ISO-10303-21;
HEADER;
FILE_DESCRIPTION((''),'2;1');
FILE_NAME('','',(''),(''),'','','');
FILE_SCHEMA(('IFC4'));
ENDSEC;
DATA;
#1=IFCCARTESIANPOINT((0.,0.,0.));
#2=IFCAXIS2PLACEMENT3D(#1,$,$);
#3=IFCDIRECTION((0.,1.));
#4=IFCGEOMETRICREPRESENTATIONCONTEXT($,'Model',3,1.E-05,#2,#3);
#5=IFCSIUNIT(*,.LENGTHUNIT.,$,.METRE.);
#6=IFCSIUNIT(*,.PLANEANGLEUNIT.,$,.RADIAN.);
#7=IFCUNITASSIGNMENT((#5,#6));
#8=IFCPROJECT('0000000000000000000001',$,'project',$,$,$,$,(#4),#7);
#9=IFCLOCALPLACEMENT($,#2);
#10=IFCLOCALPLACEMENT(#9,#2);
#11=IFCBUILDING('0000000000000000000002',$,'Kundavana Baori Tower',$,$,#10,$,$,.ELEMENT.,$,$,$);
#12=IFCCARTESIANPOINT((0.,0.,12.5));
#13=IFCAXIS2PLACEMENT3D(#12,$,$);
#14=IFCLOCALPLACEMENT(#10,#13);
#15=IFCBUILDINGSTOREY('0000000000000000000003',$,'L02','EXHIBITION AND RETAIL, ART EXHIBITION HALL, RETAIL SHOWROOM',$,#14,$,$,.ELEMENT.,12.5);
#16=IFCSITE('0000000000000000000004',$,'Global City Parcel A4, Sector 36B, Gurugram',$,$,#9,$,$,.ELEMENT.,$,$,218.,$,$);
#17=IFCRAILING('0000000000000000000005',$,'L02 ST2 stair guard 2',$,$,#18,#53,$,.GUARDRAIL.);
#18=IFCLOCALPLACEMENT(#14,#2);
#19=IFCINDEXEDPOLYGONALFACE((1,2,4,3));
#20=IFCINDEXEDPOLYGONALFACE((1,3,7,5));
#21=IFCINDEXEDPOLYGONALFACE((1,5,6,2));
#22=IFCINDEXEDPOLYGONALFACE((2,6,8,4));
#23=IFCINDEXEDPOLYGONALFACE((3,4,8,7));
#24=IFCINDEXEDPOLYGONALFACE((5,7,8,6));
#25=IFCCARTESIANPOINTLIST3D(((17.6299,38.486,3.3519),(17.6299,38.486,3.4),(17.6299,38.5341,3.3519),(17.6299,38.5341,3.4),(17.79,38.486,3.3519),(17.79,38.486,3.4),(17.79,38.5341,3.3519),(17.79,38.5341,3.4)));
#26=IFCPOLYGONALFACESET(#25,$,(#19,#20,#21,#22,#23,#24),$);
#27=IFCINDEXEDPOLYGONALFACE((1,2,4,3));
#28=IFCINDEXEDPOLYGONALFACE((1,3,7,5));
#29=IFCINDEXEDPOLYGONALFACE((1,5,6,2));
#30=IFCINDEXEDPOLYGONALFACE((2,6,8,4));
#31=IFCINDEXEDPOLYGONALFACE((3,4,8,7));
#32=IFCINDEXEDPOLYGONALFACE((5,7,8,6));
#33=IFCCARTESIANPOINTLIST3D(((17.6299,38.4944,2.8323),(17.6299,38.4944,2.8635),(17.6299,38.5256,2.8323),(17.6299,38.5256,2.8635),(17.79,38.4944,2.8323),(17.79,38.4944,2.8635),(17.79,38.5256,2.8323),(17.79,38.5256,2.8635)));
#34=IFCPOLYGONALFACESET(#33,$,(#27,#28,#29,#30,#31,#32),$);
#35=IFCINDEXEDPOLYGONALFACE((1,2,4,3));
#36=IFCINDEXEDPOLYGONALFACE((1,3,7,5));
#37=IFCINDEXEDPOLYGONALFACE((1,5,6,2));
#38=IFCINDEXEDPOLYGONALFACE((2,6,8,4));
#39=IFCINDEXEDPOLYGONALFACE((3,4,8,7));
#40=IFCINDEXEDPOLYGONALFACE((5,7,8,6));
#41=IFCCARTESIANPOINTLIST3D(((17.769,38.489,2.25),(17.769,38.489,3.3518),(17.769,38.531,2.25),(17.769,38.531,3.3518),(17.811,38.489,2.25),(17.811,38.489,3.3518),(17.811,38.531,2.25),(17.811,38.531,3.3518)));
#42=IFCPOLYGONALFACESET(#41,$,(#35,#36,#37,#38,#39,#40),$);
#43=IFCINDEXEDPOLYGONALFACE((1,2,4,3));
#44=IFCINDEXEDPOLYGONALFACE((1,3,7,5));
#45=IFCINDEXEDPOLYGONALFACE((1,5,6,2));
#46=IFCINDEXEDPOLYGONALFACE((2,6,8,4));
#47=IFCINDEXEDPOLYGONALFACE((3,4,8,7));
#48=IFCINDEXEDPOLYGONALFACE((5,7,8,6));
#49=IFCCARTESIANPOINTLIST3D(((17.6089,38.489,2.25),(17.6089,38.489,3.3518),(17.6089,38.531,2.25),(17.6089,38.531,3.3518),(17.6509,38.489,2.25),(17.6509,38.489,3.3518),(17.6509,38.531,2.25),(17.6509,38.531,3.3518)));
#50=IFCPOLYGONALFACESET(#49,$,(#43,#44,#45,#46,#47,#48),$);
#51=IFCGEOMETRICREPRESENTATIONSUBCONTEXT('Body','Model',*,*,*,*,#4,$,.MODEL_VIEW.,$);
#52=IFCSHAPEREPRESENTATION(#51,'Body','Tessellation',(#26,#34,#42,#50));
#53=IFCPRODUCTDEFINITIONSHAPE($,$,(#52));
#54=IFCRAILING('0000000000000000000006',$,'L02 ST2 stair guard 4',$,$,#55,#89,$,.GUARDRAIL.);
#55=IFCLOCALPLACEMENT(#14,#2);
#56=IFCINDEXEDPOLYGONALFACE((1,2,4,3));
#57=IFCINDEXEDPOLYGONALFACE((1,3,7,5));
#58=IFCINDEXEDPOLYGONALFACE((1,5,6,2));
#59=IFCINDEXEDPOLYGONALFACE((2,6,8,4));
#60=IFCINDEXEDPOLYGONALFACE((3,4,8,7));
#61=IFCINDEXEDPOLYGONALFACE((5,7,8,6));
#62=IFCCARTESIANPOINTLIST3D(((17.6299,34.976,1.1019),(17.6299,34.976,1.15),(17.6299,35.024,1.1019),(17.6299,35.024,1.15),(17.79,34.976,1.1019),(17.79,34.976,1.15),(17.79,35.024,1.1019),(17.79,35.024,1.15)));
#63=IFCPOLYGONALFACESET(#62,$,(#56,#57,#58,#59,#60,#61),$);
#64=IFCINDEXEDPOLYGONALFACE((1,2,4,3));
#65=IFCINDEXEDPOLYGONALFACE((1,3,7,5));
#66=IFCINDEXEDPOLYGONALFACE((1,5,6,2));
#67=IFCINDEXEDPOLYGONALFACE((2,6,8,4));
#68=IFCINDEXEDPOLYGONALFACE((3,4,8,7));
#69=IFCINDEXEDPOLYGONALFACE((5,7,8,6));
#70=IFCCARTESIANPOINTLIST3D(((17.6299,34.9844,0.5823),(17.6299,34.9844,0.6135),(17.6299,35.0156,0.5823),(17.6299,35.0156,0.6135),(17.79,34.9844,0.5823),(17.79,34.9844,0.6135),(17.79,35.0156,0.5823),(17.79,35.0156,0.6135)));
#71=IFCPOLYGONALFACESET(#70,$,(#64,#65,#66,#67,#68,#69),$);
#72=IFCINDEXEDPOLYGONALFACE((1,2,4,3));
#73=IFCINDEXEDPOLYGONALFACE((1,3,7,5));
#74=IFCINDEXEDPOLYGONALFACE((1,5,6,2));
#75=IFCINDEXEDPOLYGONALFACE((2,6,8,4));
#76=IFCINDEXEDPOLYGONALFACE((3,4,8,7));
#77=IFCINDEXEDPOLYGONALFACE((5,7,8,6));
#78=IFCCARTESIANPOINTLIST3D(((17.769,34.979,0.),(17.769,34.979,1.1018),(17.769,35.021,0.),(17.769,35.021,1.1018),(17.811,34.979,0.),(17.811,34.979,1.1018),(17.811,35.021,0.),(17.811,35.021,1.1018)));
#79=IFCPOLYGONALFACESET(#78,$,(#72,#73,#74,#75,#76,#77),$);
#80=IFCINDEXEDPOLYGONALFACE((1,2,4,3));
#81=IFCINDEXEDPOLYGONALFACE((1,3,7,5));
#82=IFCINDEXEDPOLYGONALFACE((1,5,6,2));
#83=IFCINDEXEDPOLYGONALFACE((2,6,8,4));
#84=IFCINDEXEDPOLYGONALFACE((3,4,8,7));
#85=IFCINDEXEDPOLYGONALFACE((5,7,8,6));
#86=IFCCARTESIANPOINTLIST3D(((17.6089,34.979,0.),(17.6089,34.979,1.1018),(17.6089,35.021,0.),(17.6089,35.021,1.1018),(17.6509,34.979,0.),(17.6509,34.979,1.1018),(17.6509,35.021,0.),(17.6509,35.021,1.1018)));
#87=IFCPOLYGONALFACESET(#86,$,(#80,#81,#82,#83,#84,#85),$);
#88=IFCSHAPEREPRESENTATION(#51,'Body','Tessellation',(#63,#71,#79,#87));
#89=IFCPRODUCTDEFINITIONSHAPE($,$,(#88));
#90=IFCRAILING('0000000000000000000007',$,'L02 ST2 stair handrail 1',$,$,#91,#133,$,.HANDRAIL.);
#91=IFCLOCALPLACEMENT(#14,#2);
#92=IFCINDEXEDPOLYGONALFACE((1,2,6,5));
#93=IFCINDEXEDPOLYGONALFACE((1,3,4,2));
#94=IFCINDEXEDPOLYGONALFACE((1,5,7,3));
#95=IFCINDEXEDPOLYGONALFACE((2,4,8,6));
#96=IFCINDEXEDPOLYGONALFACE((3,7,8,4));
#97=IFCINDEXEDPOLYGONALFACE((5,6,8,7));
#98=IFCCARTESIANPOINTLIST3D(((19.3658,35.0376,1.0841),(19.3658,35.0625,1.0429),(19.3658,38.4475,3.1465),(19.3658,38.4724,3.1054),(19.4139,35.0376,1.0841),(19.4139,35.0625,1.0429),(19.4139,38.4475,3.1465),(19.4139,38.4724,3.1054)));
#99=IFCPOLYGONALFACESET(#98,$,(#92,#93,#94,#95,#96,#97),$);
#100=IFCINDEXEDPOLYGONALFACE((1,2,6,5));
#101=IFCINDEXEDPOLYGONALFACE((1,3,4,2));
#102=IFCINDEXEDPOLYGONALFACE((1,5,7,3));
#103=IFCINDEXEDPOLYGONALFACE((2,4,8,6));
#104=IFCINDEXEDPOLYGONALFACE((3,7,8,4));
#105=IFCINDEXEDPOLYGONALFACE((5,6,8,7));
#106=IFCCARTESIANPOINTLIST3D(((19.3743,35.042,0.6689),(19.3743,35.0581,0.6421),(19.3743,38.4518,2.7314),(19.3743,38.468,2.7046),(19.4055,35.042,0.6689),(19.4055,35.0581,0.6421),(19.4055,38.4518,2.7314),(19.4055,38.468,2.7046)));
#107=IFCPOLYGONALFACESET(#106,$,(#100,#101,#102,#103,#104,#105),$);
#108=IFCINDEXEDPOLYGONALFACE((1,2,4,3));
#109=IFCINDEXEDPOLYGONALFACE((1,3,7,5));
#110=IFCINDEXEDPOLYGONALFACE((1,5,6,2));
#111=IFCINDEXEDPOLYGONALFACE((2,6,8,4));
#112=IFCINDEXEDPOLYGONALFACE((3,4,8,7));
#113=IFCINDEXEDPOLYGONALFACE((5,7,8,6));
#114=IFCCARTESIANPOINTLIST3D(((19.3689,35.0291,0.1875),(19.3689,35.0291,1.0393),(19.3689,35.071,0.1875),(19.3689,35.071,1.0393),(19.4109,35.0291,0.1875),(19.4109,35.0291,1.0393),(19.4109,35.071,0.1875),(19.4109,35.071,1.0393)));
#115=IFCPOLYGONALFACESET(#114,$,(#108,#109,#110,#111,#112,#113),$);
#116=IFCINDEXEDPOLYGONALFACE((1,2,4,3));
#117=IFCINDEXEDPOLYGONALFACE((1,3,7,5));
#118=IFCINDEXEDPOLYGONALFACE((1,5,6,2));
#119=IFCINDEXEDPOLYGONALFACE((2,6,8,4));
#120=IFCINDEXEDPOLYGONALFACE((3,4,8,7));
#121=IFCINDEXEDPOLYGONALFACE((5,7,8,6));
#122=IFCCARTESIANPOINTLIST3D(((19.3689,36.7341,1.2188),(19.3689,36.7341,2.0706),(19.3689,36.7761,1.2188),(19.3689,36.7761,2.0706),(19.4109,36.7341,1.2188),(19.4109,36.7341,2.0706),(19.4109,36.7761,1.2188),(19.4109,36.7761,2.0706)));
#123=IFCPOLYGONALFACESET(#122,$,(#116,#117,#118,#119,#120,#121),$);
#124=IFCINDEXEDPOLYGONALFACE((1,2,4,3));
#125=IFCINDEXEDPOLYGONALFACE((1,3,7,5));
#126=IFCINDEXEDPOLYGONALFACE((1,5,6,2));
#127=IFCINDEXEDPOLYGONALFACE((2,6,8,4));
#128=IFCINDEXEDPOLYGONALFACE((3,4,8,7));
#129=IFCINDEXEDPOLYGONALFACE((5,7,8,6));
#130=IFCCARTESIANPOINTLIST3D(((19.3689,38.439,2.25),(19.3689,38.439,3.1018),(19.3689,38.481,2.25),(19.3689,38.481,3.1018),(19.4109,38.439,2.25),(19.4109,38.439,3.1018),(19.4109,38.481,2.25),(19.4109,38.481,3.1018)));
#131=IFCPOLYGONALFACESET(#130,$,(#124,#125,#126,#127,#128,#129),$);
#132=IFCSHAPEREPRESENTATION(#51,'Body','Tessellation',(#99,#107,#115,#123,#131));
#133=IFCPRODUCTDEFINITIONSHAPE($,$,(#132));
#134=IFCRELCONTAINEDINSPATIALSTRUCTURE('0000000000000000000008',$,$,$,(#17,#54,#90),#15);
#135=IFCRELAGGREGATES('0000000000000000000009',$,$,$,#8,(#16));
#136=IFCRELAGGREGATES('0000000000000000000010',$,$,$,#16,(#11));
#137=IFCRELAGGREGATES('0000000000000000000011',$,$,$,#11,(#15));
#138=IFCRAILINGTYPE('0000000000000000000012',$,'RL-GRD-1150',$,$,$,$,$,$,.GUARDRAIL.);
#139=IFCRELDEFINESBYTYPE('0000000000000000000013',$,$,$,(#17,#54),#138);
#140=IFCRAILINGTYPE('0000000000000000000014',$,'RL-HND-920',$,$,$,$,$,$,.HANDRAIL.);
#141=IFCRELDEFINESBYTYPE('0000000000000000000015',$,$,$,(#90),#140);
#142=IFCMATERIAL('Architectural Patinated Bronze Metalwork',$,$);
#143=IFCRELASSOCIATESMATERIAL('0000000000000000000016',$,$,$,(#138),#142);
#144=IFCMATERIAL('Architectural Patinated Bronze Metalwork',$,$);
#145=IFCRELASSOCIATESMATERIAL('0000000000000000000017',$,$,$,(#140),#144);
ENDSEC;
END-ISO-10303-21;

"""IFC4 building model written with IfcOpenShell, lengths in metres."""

from ifc_helpers import new_model, si_unit, direction, frame, origin, origin_2d, place, context, subcontext, project, spatial, rectangle, extrude, material, type_object, element, save


model = new_model("IFC4")

# Units and contexts
model_context = context("Model", 3, precision=1e-05, world=origin(), true_north=direction((0.0, 1.0)))
body_context = subcontext(model_context, "Body", "Model", "MODEL_VIEW")
ifc_project = project(units=[si_unit("LENGTHUNIT", "METRE"), si_unit("PLANEANGLEUNIT", "RADIAN")], contexts=[model_context])

# Site, building, storey
site_placement = place(None, origin())
site = spatial("IfcSite", under=ifc_project, at=site_placement, Name="Global City Parcel A4, Sector 36B, Gurugram", CompositionType="ELEMENT", RefElevation=218.0)
building_placement = place(site_placement, origin())
building = spatial("IfcBuilding", under=site, at=building_placement, Name="Kundavana Baori Tower", CompositionType="ELEMENT")
storey_placement = place(building_placement, frame((0.0, 0.0, 12.5)))
storey = spatial("IfcBuildingStorey", under=building, at=storey_placement, Name="L02", Description="EXHIBITION AND RETAIL, ART EXHIBITION HALL, RETAIL SHOWROOM", CompositionType="ELEMENT", Elevation=12.5)

# Railings
ifc_material_1 = material(Name="Architectural Patinated Bronze Metalwork")
railing_type_1 = type_object("IfcRailingType", Name="RL-GRD-1150", PredefinedType="GUARDRAIL", material=ifc_material_1)
for number, where, name in (
    (1, (17.79, 38.51, 2.25), "L02 ST2 stair guard 2"),
    (2, (17.79, 35.0, 0.0), "L02 ST2 stair guard 4"),
):
    element("IfcRailing", number, at=place(storey_placement, frame(where)), inside=storey, type_object=railing_type_1, Name=name, PredefinedType="GUARDRAIL", context=body_context, shape_type="SweptSolid", body=[
        extrude(rectangle(XDim=0.0481, YDim=0.0481, at=origin_2d()), frame((0.0, 0.0, 1.126), z_axis=(-1.0, 0.0, 0.0), x_axis=(0.0, -1.0, 0.0)), (0.0, 0.0, 1.0), 0.1602),
        extrude(rectangle(XDim=0.0312, YDim=0.0312, at=origin_2d()), frame((0.0, 0.0, 0.5979), z_axis=(-1.0, 0.0, 0.0), x_axis=(0.0, -1.0, 0.0)), (0.0, 0.0, 1.0), 0.1602),
        extrude(rectangle(XDim=0.042, YDim=0.042, at=origin_2d()), origin(), (0.0, 0.0, 1.0), 1.1018),
        extrude(rectangle(XDim=0.042, YDim=0.042, at=origin_2d()), frame((-0.1602, 0.0, 0.0)), (0.0, 0.0, 1.0), 1.1018),
    ])
ifc_material_2 = material(Name="Architectural Patinated Bronze Metalwork")
railing_type_2 = type_object("IfcRailingType", Name="RL-HND-920", PredefinedType="HANDRAIL", material=ifc_material_2)
railing_1_placement = place(storey_placement, frame((19.3899, 35.05, 0.1875)))
element("IfcRailing", 3, at=railing_1_placement, inside=storey, type_object=railing_type_2, Name="L02 ST2 stair handrail 1", PredefinedType="HANDRAIL", context=body_context, shape_type="SweptSolid", body=[
    extrude(rectangle(XDim=0.0481, YDim=0.0481, at=origin_2d()), frame((0.0, 0.0, 0.876), z_axis=(0.0, 0.855655, 0.517547), x_axis=(-1.0, 0.0, 0.0)), (0.0, 0.0, 1.0), 3.9851),
    extrude(rectangle(XDim=0.0312, YDim=0.0312, at=origin_2d()), frame((0.0, 0.0, 0.468), z_axis=(0.0, 0.855655, 0.517547), x_axis=(-1.0, 0.0, 0.0)), (0.0, 0.0, 1.0), 3.9851),
    extrude(rectangle(XDim=0.042, YDim=0.042, at=origin_2d()), origin(), (0.0, 0.0, 1.0), 0.8518),
    extrude(rectangle(XDim=0.042, YDim=0.042, at=origin_2d()), frame((0.0, 1.7051, 1.0312)), (0.0, 0.0, 1.0), 0.8518),
    extrude(rectangle(XDim=0.042, YDim=0.042, at=origin_2d()), frame((0.0, 3.4099, 2.0625)), (0.0, 0.0, 1.0), 0.8518),
])

save(model, "model.ifc")
